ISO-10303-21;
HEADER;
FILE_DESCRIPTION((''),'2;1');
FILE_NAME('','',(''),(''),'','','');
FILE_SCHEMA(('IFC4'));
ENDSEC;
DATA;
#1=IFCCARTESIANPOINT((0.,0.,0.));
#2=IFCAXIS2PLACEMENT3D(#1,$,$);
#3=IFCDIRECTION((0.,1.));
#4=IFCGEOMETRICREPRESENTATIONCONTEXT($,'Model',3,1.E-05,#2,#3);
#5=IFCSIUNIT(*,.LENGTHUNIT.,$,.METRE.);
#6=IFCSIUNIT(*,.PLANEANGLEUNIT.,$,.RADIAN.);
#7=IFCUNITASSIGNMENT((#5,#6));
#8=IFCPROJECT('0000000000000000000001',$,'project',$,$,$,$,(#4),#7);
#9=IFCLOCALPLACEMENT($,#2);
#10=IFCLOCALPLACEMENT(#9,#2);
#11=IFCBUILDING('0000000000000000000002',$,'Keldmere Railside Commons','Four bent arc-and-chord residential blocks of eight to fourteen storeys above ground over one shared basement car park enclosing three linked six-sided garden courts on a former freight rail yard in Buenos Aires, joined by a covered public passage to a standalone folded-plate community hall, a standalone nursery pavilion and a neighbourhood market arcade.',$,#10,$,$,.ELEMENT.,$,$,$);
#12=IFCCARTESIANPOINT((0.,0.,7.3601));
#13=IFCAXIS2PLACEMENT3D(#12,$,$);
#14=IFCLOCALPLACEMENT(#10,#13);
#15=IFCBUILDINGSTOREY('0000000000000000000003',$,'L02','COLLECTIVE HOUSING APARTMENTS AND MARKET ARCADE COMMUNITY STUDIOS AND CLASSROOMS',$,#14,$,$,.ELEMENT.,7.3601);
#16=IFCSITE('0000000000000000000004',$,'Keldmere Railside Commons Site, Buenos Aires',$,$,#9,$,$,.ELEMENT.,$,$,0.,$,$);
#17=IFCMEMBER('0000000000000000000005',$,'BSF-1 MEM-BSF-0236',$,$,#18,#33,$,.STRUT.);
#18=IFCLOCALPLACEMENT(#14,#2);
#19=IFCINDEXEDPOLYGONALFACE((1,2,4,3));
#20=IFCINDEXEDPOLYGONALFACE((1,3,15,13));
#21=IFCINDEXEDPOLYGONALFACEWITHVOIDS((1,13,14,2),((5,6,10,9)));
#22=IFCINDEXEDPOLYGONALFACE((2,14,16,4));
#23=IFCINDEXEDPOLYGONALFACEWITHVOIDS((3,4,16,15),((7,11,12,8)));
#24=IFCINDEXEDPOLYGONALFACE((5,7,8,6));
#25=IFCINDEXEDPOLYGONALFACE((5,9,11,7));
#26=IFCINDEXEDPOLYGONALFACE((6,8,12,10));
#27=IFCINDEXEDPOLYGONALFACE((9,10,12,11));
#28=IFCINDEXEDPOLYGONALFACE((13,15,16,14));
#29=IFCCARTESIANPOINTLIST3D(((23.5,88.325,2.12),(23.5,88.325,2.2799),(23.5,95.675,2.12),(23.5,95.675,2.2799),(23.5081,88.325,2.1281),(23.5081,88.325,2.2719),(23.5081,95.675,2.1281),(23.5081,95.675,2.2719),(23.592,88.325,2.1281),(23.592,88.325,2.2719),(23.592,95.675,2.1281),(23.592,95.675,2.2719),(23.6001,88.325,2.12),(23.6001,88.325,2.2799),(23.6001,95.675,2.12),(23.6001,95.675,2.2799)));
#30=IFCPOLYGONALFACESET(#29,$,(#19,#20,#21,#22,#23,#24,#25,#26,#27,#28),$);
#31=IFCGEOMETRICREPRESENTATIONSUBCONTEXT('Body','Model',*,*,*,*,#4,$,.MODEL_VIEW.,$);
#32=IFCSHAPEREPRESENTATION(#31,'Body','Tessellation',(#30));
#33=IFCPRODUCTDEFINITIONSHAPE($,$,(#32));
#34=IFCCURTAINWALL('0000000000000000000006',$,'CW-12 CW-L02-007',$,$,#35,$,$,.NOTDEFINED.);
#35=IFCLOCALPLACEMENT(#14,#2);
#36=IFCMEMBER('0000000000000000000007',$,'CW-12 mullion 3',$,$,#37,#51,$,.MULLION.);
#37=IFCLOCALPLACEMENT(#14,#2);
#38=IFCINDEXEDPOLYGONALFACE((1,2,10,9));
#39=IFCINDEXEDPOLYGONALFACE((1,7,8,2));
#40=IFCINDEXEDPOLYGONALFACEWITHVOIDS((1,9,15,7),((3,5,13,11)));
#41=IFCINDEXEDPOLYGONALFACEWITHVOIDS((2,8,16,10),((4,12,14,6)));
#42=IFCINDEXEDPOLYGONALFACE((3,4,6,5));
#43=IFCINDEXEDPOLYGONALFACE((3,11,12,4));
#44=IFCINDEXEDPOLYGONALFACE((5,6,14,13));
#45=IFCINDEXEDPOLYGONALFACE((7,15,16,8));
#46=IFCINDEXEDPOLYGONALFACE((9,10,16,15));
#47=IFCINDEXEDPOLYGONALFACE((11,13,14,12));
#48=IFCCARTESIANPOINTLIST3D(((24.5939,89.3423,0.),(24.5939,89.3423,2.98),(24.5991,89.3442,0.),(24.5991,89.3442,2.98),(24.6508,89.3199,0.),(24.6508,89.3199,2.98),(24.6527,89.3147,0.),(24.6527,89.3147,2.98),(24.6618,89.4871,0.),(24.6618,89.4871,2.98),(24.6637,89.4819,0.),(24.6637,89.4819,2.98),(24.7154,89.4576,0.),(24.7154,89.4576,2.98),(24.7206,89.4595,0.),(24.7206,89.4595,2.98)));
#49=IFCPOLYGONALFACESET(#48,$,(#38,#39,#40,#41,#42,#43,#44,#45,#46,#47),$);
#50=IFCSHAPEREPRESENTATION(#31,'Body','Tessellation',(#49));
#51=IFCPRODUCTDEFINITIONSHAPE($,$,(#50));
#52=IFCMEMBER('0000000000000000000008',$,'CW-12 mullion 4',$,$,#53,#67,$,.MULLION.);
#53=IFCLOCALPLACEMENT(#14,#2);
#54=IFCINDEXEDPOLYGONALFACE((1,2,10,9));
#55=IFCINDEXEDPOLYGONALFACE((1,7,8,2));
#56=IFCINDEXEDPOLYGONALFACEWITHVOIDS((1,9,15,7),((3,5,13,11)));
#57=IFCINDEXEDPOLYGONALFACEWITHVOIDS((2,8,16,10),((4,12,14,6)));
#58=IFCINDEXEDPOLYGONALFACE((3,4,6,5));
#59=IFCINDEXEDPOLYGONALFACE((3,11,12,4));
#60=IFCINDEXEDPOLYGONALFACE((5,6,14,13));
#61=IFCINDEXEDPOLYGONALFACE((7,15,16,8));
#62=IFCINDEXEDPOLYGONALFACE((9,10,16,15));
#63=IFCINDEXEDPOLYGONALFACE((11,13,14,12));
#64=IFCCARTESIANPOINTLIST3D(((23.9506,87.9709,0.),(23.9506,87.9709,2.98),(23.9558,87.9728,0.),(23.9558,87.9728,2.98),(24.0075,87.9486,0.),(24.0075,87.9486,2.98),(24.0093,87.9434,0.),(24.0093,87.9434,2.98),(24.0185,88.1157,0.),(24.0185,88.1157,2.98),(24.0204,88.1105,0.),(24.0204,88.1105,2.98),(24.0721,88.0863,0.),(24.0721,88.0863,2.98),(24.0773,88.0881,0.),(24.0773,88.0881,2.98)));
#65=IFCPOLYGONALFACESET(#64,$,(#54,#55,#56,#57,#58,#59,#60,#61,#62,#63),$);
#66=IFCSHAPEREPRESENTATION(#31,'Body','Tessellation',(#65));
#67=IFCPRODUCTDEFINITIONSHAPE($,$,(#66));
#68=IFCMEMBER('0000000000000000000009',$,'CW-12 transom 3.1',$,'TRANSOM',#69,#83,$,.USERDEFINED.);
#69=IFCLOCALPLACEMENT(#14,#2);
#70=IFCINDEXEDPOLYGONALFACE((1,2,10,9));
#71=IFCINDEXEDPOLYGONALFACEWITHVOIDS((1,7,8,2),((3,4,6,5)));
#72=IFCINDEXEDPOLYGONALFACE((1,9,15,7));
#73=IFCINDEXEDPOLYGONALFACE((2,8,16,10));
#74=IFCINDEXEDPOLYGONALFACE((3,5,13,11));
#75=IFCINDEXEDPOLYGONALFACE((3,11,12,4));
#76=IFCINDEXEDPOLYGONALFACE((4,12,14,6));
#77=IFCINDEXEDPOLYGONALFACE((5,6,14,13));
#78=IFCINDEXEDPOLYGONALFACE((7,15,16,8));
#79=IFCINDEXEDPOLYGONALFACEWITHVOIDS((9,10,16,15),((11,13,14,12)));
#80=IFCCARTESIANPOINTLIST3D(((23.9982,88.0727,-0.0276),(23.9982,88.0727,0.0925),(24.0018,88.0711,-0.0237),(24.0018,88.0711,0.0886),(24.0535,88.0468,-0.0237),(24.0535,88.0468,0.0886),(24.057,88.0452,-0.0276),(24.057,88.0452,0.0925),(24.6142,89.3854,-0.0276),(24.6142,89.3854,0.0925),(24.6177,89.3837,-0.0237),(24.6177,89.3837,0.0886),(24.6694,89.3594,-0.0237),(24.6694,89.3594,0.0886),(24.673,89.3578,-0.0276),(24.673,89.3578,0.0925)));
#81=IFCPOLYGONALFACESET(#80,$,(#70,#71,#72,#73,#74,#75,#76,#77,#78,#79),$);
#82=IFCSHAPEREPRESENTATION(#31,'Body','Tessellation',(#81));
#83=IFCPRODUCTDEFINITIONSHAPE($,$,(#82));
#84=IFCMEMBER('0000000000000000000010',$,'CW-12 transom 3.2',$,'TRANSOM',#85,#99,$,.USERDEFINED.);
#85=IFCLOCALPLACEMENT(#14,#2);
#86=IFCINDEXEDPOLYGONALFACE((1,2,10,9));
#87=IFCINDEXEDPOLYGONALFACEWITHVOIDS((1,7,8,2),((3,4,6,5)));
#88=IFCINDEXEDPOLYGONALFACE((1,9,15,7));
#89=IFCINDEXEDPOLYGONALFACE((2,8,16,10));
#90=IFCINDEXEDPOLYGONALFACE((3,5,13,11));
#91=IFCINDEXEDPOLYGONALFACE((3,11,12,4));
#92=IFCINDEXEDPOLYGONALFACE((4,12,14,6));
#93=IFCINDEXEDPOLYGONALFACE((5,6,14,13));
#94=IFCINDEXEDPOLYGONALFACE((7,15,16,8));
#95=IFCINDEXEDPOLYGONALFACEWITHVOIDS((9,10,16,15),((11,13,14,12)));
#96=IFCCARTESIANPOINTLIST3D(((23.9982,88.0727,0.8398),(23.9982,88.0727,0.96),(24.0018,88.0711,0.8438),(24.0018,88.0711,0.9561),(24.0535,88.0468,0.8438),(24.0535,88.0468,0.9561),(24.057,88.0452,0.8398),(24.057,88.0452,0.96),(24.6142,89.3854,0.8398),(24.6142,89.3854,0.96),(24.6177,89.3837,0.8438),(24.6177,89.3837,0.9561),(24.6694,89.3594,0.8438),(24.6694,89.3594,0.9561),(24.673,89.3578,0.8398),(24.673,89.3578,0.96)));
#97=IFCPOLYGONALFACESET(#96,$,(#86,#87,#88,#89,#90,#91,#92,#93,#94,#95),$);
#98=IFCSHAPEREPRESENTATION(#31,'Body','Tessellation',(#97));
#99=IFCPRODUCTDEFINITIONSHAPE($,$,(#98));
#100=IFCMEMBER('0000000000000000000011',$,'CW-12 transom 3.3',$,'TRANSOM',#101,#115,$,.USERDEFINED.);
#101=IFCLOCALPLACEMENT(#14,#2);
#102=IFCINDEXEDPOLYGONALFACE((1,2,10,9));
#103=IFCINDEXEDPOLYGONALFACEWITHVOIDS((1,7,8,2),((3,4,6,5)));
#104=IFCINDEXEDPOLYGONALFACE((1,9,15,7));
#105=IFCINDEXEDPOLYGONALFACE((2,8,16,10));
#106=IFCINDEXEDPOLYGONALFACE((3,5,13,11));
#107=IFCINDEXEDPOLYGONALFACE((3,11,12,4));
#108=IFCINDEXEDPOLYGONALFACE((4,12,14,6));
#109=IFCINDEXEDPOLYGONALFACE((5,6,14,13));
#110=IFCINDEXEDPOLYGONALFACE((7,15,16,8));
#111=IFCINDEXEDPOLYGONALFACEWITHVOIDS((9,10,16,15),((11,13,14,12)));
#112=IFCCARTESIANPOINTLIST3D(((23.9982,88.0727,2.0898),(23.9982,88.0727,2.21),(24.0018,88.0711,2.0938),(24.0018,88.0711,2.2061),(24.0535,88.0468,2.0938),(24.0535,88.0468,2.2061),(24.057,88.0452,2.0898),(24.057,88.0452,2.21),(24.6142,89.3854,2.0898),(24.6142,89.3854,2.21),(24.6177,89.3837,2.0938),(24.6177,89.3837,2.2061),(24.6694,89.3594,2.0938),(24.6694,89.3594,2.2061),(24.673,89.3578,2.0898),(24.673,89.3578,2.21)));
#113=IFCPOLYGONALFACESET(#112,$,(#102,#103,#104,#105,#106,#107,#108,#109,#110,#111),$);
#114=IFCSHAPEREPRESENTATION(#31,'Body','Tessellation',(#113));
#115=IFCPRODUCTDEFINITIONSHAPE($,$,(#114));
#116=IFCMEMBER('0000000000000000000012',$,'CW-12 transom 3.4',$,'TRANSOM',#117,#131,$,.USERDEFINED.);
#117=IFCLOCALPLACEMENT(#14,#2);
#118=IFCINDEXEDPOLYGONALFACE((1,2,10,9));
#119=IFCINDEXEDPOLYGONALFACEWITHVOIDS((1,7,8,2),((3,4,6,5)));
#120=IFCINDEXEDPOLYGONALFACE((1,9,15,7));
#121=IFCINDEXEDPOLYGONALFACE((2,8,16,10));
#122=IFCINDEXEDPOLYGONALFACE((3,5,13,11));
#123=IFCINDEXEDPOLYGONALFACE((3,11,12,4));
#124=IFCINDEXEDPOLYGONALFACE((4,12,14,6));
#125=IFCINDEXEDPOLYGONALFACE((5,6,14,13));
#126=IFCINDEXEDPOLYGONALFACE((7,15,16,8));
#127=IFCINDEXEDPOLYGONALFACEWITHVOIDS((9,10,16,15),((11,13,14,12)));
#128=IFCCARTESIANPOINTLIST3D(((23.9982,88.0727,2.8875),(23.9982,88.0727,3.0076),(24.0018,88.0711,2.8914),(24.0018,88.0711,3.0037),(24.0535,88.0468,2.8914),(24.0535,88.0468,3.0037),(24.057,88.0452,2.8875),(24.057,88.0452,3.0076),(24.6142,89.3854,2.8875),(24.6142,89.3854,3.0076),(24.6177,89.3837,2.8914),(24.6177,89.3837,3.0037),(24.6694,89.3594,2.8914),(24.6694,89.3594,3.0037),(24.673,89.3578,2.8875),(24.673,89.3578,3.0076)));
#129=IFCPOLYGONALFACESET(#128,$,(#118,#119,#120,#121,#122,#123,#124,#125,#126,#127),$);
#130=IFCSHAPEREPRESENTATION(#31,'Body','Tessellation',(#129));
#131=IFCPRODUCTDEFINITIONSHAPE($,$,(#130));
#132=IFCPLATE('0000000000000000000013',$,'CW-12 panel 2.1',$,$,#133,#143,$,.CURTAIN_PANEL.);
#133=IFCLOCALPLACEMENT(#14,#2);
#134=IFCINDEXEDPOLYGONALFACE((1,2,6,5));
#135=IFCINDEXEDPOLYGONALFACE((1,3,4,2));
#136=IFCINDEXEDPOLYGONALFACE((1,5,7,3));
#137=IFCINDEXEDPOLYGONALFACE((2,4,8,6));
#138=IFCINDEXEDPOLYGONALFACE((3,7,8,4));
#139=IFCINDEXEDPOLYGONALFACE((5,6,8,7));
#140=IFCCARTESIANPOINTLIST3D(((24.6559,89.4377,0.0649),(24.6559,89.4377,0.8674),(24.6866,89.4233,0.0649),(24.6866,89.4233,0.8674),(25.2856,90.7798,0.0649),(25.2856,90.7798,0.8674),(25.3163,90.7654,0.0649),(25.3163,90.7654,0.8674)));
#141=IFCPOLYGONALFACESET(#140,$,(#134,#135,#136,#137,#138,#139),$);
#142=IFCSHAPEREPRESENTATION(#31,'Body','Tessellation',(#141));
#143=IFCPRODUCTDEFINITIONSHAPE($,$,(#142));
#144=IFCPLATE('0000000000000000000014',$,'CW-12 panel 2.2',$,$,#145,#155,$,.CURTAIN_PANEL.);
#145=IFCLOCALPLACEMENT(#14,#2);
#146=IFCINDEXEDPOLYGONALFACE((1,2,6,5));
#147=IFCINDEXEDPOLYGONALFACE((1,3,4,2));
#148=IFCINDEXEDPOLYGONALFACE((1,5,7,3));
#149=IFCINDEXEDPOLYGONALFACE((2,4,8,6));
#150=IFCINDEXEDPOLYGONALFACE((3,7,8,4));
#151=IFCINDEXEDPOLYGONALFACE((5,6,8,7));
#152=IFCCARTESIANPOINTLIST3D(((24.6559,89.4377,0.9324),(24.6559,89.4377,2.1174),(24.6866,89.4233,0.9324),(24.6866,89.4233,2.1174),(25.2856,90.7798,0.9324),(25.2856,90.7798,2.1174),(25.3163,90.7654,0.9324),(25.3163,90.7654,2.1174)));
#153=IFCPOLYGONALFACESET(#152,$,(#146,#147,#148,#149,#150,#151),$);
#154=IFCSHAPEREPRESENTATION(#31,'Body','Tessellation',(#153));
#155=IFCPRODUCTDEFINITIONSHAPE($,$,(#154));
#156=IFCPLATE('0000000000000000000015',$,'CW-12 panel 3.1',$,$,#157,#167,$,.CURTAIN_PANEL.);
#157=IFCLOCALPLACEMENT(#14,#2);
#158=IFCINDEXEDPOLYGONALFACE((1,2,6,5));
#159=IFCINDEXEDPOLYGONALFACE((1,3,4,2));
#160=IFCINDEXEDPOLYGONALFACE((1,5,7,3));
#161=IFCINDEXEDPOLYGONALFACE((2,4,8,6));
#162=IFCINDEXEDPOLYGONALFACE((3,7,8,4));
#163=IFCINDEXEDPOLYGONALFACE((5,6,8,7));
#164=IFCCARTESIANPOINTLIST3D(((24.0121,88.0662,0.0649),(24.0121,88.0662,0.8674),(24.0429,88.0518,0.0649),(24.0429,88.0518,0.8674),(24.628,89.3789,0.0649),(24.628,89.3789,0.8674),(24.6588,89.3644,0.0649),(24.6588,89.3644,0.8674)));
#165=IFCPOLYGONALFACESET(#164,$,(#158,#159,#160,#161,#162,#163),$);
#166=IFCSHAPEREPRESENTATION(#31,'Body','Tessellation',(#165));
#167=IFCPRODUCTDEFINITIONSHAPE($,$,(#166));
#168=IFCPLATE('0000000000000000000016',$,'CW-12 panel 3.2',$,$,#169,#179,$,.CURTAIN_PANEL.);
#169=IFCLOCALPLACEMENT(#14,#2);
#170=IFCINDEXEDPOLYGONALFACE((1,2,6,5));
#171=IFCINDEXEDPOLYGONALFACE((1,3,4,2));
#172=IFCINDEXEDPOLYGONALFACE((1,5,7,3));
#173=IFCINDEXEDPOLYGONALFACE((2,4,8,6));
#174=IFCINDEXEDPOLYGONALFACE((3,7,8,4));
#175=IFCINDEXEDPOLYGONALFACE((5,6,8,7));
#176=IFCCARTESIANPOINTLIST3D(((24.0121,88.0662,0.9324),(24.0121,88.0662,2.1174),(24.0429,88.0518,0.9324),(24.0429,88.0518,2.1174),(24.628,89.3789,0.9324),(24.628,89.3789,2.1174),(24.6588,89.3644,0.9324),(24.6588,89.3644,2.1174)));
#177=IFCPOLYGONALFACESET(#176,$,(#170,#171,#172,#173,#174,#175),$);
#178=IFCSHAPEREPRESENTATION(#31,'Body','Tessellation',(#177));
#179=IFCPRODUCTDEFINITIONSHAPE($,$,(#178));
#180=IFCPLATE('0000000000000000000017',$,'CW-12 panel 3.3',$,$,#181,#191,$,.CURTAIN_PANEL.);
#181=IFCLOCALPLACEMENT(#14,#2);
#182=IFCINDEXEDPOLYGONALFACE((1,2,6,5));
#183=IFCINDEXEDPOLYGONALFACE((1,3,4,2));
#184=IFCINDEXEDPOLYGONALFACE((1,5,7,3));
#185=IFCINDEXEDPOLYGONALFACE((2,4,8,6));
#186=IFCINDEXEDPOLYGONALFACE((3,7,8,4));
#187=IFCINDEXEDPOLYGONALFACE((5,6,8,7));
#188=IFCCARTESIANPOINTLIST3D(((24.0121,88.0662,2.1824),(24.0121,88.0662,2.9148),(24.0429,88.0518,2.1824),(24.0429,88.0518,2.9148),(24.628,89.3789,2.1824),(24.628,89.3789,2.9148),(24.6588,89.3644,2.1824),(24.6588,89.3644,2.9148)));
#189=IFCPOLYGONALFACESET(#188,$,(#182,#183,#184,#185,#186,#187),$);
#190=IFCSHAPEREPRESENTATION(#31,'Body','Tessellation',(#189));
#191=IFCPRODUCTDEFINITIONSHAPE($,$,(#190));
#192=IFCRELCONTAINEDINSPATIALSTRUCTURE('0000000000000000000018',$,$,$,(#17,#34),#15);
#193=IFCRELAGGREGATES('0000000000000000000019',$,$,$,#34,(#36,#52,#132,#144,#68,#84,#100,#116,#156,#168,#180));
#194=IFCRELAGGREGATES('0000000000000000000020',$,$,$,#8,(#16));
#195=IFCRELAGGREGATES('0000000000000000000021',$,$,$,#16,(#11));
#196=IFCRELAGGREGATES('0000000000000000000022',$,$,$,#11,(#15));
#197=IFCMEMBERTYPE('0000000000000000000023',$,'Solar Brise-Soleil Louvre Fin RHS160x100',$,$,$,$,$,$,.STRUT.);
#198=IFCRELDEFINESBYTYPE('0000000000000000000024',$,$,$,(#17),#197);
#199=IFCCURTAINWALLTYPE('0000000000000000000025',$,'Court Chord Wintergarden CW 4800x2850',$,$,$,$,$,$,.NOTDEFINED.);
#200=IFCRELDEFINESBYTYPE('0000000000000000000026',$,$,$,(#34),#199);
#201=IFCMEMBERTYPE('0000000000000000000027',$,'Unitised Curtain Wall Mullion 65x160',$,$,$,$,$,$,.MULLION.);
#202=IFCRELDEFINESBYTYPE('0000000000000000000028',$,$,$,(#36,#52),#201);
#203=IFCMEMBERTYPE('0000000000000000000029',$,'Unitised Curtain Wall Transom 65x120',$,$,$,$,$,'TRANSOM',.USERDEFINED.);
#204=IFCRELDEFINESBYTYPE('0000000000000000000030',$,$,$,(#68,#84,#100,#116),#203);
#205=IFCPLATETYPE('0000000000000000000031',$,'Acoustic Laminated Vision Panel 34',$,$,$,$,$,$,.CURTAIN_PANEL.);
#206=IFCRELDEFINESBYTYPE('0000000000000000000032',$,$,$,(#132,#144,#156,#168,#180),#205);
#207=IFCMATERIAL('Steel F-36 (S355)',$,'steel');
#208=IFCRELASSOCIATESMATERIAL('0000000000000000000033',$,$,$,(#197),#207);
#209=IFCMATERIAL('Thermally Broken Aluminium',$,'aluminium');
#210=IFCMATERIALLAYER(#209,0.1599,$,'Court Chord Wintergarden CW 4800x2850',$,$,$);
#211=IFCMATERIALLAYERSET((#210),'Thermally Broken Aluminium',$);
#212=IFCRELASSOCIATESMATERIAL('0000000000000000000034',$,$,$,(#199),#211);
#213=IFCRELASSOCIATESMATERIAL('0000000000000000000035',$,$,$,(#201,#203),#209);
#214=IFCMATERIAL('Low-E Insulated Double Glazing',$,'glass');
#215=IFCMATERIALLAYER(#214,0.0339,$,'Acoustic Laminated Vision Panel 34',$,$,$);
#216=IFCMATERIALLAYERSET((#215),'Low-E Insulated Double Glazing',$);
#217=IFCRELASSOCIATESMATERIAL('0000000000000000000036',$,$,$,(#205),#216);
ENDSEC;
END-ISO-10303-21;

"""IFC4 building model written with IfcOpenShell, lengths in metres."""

from ifc_helpers import new_model, si_unit, direction, frame, origin, origin_2d, place, context, subcontext, project, spatial, rectangle, hollow_rectangle, extrude, material, layer, layer_set, material_profile, profile_set, type_object, element, aggregate, save


model = new_model("IFC4")

# Units and contexts
model_context = context("Model", 3, precision=1e-05, world=origin(), true_north=direction((0.0, 1.0)))
body_context = subcontext(model_context, "Body", "Model", "MODEL_VIEW")
ifc_project = project(units=[si_unit("LENGTHUNIT", "METRE"), si_unit("PLANEANGLEUNIT", "RADIAN")], contexts=[model_context])

# Site, building, storey
site_placement = place(None, origin())
site = spatial("IfcSite", under=ifc_project, at=site_placement, Name="Keldmere Railside Commons Site, Buenos Aires", CompositionType="ELEMENT", RefElevation=0.0)
building_placement = place(site_placement, origin())
building = spatial("IfcBuilding", under=site, at=building_placement, Name="Keldmere Railside Commons", Description="Four bent arc-and-chord residential blocks of eight to fourteen storeys above ground over one shared basement car park enclosing three linked six-sided garden courts on a former freight rail yard in Buenos Aires, joined by a covered public passage to a standalone folded-plate community hall, a standalone nursery pavilion and a neighbourhood market arcade.", CompositionType="ELEMENT")
storey_placement = place(building_placement, frame((0.0, 0.0, 7.3601)))
storey = spatial("IfcBuildingStorey", under=building, at=storey_placement, Name="L02", Description="COLLECTIVE HOUSING APARTMENTS AND MARKET ARCADE COMMUNITY STUDIOS AND CLASSROOMS", CompositionType="ELEMENT", Elevation=7.3601)

# Member
ifc_material_1 = material(Name="Steel F-36 (S355)", Category="steel")
ifc_material_profile_1 = material_profile(ifc_material_1, hollow_rectangle(XDim=0.1001, YDim=0.1599, WallThickness=0.0081, at=origin_2d()), Name="RHS-160x100x8")
ifc_profile_set_1 = profile_set([ifc_material_profile_1], Name="Steel F-36 (S355)")
member_type_1 = type_object("IfcMemberType", Name="Solar Brise-Soleil Louvre Fin RHS160x100", PredefinedType="STRUT", material=ifc_profile_set_1)
member_1_placement = place(storey_placement, frame((23.55, 88.325, 2.2), z_axis=(0.0, 1.0, 0.0), x_axis=(-1.0, 0.0, 0.0)))
element("IfcMember", 1, at=member_1_placement, inside=storey, type_object=member_type_1, Name="BSF-1 MEM-BSF-0236", PredefinedType="STRUT", context=body_context, shape_type="SweptSolid", body=[
    extrude(hollow_rectangle(XDim=0.1001, YDim=0.1599, WallThickness=0.0081, at=origin_2d()), origin(), (0.0, 0.0, 1.0), 7.3501),
])

# Curtain wall, members, plates
ifc_material_2 = material(Name="Thermally Broken Aluminium", Category="aluminium")
ifc_layer_1 = layer(ifc_material_2, 0.1599, Name="Court Chord Wintergarden CW 4800x2850")
ifc_layer_set_1 = layer_set([ifc_layer_1], Name="Thermally Broken Aluminium")
curtain_wall_type = type_object("IfcCurtainWallType", Name="Court Chord Wintergarden CW 4800x2850", PredefinedType="NOTDEFINED", material=ifc_layer_set_1)
curtain_wall_placement = place(storey_placement, origin())
curtain_wall = element("IfcCurtainWall", 2, at=curtain_wall_placement, inside=storey, type_object=curtain_wall_type, Name="CW-12 CW-L02-007", PredefinedType="NOTDEFINED")
ifc_material_profile_2 = material_profile(ifc_material_2, hollow_rectangle(XDim=0.0649, YDim=0.1599, WallThickness=0.0039, at=origin_2d()), Name="ALU-MULL-65x160")
ifc_profile_set_2 = profile_set([ifc_material_profile_2], Name="Thermally Broken Aluminium")
member_type_2 = type_object("IfcMemberType", Name="Unitised Curtain Wall Mullion 65x160", PredefinedType="MULLION", material=ifc_profile_set_2)
member_2_placement = place(storey_placement, frame((24.6572, 89.4009, 0.0), z_axis=(0.0, 0.0, 1.0), x_axis=(0.905306, -0.424759, 0.0)))
member_2 = element("IfcMember", 3, at=member_2_placement, type_object=member_type_2, Name="CW-12 mullion 3", PredefinedType="MULLION", context=body_context, shape_type="SweptSolid", body=[
    extrude(hollow_rectangle(XDim=0.0649, YDim=0.1599, WallThickness=0.0039, at=origin_2d()), origin(), (0.0, 0.0, 1.0), 2.98),
])
member_3_placement = place(storey_placement, frame((24.0139, 88.0295, 0.0), z_axis=(0.0, 0.0, 1.0), x_axis=(0.905306, -0.424759, 0.0)))
member_3 = element("IfcMember", 4, at=member_3_placement, type_object=member_type_2, Name="CW-12 mullion 4", PredefinedType="MULLION", context=body_context, shape_type="SweptSolid", body=[
    extrude(hollow_rectangle(XDim=0.0649, YDim=0.1599, WallThickness=0.0039, at=origin_2d()), origin(), (0.0, 0.0, 1.0), 2.98),
])
ifc_material_profile_3 = material_profile(ifc_material_2, hollow_rectangle(XDim=0.0649, YDim=0.1201, WallThickness=0.0039, at=origin_2d()), Name="ALU-TRAN-65x120")
ifc_profile_set_3 = profile_set([ifc_material_profile_3], Name="Thermally Broken Aluminium")
member_type_3 = type_object("IfcMemberType", Name="Unitised Curtain Wall Transom 65x120", ElementType="TRANSOM", PredefinedType="USERDEFINED", material=ifc_profile_set_3)
member_4_placement = place(storey_placement, frame((24.6436, 89.3716, 0.0325), z_axis=(-0.424783, -0.905295, 0.0), x_axis=(0.905295, -0.424783, 0.0)))
member_4 = element("IfcMember", 5, at=member_4_placement, type_object=member_type_3, Name="CW-12 transom 3.1", ObjectType="TRANSOM", PredefinedType="USERDEFINED", context=body_context, shape_type="SweptSolid", body=[
    extrude(hollow_rectangle(XDim=0.0649, YDim=0.1201, WallThickness=0.0039, at=origin_2d()), origin(), (0.0, 0.0, 1.0), 1.45),
])
member_5_placement = place(storey_placement, frame((24.6436, 89.3716, 0.8999), z_axis=(-0.424783, -0.905295, 0.0), x_axis=(0.905295, -0.424783, 0.0)))
member_5 = element("IfcMember", 6, at=member_5_placement, type_object=member_type_3, Name="CW-12 transom 3.2", ObjectType="TRANSOM", PredefinedType="USERDEFINED", context=body_context, shape_type="SweptSolid", body=[
    extrude(hollow_rectangle(XDim=0.0649, YDim=0.1201, WallThickness=0.0039, at=origin_2d()), origin(), (0.0, 0.0, 1.0), 1.45),
])
member_6_placement = place(storey_placement, frame((24.6436, 89.3716, 2.1499), z_axis=(-0.424783, -0.905295, 0.0), x_axis=(0.905295, -0.424783, 0.0)))
member_6 = element("IfcMember", 7, at=member_6_placement, type_object=member_type_3, Name="CW-12 transom 3.3", ObjectType="TRANSOM", PredefinedType="USERDEFINED", context=body_context, shape_type="SweptSolid", body=[
    extrude(hollow_rectangle(XDim=0.0649, YDim=0.1201, WallThickness=0.0039, at=origin_2d()), origin(), (0.0, 0.0, 1.0), 1.45),
])
member_7_placement = place(storey_placement, frame((24.6436, 89.3716, 2.9475), z_axis=(-0.424783, -0.905295, 0.0), x_axis=(0.905295, -0.424783, 0.0)))
member_7 = element("IfcMember", 8, at=member_7_placement, type_object=member_type_3, Name="CW-12 transom 3.4", ObjectType="TRANSOM", PredefinedType="USERDEFINED", context=body_context, shape_type="SweptSolid", body=[
    extrude(hollow_rectangle(XDim=0.0649, YDim=0.1201, WallThickness=0.0039, at=origin_2d()), origin(), (0.0, 0.0, 1.0), 1.45),
])
ifc_material_3 = material(Name="Low-E Insulated Double Glazing", Category="glass")
ifc_layer_2 = layer(ifc_material_3, 0.0339, Name="Acoustic Laminated Vision Panel 34")
ifc_layer_set_2 = layer_set([ifc_layer_2], Name="Low-E Insulated Double Glazing")
plate_type = type_object("IfcPlateType", Name="Acoustic Laminated Vision Panel 34", PredefinedType="CURTAIN_PANEL", material=ifc_layer_set_2)
plate_1_placement = place(storey_placement, frame((24.9861, 90.1016, 0.0649), z_axis=(0.0, 0.0, 1.0), x_axis=(-0.424759, -0.905306, 0.0)))
plate_1 = element("IfcPlate", 9, at=plate_1_placement, type_object=plate_type, Name="CW-12 panel 2.1", PredefinedType="CURTAIN_PANEL", context=body_context, shape_type="SweptSolid", body=[
    extrude(rectangle(XDim=1.4824, YDim=0.0339, at=origin_2d()), origin(), (0.0, 0.0, 1.0), 0.8025),
])
plate_2_placement = place(storey_placement, frame((24.9861, 90.1016, 0.9324), z_axis=(0.0, 0.0, 1.0), x_axis=(-0.424759, -0.905306, 0.0)))
plate_2 = element("IfcPlate", 10, at=plate_2_placement, type_object=plate_type, Name="CW-12 panel 2.2", PredefinedType="CURTAIN_PANEL", context=body_context, shape_type="SweptSolid", body=[
    extrude(rectangle(XDim=1.4824, YDim=0.0339, at=origin_2d()), origin(), (0.0, 0.0, 1.0), 1.1851),
])
plate_3_placement = place(storey_placement, frame((24.3354, 88.7153, 0.0649), z_axis=(0.0, 0.0, 1.0), x_axis=(-0.424759, -0.905306, 0.0)))
plate_3 = element("IfcPlate", 11, at=plate_3_placement, type_object=plate_type, Name="CW-12 panel 3.1", PredefinedType="CURTAIN_PANEL", context=body_context, shape_type="SweptSolid", body=[
    extrude(rectangle(XDim=1.45, YDim=0.0339, at=origin_2d()), origin(), (0.0, 0.0, 1.0), 0.8025),
])
plate_4_placement = place(storey_placement, frame((24.3354, 88.7153, 0.9324), z_axis=(0.0, 0.0, 1.0), x_axis=(-0.424759, -0.905306, 0.0)))
plate_4 = element("IfcPlate", 12, at=plate_4_placement, type_object=plate_type, Name="CW-12 panel 3.2", PredefinedType="CURTAIN_PANEL", context=body_context, shape_type="SweptSolid", body=[
    extrude(rectangle(XDim=1.45, YDim=0.0339, at=origin_2d()), origin(), (0.0, 0.0, 1.0), 1.1851),
])
plate_5_placement = place(storey_placement, frame((24.3354, 88.7153, 2.1824), z_axis=(0.0, 0.0, 1.0), x_axis=(-0.424759, -0.905306, 0.0)))
plate_5 = element("IfcPlate", 13, at=plate_5_placement, type_object=plate_type, Name="CW-12 panel 3.3", PredefinedType="CURTAIN_PANEL", context=body_context, shape_type="SweptSolid", body=[
    extrude(rectangle(XDim=1.45, YDim=0.0339, at=origin_2d()), origin(), (0.0, 0.0, 1.0), 0.7324),
])
aggregate(curtain_wall, [member_2, member_3, plate_1, plate_2, member_4, member_5, member_6, member_7, plate_3, plate_4, plate_5])

save(model, "model.ifc")
